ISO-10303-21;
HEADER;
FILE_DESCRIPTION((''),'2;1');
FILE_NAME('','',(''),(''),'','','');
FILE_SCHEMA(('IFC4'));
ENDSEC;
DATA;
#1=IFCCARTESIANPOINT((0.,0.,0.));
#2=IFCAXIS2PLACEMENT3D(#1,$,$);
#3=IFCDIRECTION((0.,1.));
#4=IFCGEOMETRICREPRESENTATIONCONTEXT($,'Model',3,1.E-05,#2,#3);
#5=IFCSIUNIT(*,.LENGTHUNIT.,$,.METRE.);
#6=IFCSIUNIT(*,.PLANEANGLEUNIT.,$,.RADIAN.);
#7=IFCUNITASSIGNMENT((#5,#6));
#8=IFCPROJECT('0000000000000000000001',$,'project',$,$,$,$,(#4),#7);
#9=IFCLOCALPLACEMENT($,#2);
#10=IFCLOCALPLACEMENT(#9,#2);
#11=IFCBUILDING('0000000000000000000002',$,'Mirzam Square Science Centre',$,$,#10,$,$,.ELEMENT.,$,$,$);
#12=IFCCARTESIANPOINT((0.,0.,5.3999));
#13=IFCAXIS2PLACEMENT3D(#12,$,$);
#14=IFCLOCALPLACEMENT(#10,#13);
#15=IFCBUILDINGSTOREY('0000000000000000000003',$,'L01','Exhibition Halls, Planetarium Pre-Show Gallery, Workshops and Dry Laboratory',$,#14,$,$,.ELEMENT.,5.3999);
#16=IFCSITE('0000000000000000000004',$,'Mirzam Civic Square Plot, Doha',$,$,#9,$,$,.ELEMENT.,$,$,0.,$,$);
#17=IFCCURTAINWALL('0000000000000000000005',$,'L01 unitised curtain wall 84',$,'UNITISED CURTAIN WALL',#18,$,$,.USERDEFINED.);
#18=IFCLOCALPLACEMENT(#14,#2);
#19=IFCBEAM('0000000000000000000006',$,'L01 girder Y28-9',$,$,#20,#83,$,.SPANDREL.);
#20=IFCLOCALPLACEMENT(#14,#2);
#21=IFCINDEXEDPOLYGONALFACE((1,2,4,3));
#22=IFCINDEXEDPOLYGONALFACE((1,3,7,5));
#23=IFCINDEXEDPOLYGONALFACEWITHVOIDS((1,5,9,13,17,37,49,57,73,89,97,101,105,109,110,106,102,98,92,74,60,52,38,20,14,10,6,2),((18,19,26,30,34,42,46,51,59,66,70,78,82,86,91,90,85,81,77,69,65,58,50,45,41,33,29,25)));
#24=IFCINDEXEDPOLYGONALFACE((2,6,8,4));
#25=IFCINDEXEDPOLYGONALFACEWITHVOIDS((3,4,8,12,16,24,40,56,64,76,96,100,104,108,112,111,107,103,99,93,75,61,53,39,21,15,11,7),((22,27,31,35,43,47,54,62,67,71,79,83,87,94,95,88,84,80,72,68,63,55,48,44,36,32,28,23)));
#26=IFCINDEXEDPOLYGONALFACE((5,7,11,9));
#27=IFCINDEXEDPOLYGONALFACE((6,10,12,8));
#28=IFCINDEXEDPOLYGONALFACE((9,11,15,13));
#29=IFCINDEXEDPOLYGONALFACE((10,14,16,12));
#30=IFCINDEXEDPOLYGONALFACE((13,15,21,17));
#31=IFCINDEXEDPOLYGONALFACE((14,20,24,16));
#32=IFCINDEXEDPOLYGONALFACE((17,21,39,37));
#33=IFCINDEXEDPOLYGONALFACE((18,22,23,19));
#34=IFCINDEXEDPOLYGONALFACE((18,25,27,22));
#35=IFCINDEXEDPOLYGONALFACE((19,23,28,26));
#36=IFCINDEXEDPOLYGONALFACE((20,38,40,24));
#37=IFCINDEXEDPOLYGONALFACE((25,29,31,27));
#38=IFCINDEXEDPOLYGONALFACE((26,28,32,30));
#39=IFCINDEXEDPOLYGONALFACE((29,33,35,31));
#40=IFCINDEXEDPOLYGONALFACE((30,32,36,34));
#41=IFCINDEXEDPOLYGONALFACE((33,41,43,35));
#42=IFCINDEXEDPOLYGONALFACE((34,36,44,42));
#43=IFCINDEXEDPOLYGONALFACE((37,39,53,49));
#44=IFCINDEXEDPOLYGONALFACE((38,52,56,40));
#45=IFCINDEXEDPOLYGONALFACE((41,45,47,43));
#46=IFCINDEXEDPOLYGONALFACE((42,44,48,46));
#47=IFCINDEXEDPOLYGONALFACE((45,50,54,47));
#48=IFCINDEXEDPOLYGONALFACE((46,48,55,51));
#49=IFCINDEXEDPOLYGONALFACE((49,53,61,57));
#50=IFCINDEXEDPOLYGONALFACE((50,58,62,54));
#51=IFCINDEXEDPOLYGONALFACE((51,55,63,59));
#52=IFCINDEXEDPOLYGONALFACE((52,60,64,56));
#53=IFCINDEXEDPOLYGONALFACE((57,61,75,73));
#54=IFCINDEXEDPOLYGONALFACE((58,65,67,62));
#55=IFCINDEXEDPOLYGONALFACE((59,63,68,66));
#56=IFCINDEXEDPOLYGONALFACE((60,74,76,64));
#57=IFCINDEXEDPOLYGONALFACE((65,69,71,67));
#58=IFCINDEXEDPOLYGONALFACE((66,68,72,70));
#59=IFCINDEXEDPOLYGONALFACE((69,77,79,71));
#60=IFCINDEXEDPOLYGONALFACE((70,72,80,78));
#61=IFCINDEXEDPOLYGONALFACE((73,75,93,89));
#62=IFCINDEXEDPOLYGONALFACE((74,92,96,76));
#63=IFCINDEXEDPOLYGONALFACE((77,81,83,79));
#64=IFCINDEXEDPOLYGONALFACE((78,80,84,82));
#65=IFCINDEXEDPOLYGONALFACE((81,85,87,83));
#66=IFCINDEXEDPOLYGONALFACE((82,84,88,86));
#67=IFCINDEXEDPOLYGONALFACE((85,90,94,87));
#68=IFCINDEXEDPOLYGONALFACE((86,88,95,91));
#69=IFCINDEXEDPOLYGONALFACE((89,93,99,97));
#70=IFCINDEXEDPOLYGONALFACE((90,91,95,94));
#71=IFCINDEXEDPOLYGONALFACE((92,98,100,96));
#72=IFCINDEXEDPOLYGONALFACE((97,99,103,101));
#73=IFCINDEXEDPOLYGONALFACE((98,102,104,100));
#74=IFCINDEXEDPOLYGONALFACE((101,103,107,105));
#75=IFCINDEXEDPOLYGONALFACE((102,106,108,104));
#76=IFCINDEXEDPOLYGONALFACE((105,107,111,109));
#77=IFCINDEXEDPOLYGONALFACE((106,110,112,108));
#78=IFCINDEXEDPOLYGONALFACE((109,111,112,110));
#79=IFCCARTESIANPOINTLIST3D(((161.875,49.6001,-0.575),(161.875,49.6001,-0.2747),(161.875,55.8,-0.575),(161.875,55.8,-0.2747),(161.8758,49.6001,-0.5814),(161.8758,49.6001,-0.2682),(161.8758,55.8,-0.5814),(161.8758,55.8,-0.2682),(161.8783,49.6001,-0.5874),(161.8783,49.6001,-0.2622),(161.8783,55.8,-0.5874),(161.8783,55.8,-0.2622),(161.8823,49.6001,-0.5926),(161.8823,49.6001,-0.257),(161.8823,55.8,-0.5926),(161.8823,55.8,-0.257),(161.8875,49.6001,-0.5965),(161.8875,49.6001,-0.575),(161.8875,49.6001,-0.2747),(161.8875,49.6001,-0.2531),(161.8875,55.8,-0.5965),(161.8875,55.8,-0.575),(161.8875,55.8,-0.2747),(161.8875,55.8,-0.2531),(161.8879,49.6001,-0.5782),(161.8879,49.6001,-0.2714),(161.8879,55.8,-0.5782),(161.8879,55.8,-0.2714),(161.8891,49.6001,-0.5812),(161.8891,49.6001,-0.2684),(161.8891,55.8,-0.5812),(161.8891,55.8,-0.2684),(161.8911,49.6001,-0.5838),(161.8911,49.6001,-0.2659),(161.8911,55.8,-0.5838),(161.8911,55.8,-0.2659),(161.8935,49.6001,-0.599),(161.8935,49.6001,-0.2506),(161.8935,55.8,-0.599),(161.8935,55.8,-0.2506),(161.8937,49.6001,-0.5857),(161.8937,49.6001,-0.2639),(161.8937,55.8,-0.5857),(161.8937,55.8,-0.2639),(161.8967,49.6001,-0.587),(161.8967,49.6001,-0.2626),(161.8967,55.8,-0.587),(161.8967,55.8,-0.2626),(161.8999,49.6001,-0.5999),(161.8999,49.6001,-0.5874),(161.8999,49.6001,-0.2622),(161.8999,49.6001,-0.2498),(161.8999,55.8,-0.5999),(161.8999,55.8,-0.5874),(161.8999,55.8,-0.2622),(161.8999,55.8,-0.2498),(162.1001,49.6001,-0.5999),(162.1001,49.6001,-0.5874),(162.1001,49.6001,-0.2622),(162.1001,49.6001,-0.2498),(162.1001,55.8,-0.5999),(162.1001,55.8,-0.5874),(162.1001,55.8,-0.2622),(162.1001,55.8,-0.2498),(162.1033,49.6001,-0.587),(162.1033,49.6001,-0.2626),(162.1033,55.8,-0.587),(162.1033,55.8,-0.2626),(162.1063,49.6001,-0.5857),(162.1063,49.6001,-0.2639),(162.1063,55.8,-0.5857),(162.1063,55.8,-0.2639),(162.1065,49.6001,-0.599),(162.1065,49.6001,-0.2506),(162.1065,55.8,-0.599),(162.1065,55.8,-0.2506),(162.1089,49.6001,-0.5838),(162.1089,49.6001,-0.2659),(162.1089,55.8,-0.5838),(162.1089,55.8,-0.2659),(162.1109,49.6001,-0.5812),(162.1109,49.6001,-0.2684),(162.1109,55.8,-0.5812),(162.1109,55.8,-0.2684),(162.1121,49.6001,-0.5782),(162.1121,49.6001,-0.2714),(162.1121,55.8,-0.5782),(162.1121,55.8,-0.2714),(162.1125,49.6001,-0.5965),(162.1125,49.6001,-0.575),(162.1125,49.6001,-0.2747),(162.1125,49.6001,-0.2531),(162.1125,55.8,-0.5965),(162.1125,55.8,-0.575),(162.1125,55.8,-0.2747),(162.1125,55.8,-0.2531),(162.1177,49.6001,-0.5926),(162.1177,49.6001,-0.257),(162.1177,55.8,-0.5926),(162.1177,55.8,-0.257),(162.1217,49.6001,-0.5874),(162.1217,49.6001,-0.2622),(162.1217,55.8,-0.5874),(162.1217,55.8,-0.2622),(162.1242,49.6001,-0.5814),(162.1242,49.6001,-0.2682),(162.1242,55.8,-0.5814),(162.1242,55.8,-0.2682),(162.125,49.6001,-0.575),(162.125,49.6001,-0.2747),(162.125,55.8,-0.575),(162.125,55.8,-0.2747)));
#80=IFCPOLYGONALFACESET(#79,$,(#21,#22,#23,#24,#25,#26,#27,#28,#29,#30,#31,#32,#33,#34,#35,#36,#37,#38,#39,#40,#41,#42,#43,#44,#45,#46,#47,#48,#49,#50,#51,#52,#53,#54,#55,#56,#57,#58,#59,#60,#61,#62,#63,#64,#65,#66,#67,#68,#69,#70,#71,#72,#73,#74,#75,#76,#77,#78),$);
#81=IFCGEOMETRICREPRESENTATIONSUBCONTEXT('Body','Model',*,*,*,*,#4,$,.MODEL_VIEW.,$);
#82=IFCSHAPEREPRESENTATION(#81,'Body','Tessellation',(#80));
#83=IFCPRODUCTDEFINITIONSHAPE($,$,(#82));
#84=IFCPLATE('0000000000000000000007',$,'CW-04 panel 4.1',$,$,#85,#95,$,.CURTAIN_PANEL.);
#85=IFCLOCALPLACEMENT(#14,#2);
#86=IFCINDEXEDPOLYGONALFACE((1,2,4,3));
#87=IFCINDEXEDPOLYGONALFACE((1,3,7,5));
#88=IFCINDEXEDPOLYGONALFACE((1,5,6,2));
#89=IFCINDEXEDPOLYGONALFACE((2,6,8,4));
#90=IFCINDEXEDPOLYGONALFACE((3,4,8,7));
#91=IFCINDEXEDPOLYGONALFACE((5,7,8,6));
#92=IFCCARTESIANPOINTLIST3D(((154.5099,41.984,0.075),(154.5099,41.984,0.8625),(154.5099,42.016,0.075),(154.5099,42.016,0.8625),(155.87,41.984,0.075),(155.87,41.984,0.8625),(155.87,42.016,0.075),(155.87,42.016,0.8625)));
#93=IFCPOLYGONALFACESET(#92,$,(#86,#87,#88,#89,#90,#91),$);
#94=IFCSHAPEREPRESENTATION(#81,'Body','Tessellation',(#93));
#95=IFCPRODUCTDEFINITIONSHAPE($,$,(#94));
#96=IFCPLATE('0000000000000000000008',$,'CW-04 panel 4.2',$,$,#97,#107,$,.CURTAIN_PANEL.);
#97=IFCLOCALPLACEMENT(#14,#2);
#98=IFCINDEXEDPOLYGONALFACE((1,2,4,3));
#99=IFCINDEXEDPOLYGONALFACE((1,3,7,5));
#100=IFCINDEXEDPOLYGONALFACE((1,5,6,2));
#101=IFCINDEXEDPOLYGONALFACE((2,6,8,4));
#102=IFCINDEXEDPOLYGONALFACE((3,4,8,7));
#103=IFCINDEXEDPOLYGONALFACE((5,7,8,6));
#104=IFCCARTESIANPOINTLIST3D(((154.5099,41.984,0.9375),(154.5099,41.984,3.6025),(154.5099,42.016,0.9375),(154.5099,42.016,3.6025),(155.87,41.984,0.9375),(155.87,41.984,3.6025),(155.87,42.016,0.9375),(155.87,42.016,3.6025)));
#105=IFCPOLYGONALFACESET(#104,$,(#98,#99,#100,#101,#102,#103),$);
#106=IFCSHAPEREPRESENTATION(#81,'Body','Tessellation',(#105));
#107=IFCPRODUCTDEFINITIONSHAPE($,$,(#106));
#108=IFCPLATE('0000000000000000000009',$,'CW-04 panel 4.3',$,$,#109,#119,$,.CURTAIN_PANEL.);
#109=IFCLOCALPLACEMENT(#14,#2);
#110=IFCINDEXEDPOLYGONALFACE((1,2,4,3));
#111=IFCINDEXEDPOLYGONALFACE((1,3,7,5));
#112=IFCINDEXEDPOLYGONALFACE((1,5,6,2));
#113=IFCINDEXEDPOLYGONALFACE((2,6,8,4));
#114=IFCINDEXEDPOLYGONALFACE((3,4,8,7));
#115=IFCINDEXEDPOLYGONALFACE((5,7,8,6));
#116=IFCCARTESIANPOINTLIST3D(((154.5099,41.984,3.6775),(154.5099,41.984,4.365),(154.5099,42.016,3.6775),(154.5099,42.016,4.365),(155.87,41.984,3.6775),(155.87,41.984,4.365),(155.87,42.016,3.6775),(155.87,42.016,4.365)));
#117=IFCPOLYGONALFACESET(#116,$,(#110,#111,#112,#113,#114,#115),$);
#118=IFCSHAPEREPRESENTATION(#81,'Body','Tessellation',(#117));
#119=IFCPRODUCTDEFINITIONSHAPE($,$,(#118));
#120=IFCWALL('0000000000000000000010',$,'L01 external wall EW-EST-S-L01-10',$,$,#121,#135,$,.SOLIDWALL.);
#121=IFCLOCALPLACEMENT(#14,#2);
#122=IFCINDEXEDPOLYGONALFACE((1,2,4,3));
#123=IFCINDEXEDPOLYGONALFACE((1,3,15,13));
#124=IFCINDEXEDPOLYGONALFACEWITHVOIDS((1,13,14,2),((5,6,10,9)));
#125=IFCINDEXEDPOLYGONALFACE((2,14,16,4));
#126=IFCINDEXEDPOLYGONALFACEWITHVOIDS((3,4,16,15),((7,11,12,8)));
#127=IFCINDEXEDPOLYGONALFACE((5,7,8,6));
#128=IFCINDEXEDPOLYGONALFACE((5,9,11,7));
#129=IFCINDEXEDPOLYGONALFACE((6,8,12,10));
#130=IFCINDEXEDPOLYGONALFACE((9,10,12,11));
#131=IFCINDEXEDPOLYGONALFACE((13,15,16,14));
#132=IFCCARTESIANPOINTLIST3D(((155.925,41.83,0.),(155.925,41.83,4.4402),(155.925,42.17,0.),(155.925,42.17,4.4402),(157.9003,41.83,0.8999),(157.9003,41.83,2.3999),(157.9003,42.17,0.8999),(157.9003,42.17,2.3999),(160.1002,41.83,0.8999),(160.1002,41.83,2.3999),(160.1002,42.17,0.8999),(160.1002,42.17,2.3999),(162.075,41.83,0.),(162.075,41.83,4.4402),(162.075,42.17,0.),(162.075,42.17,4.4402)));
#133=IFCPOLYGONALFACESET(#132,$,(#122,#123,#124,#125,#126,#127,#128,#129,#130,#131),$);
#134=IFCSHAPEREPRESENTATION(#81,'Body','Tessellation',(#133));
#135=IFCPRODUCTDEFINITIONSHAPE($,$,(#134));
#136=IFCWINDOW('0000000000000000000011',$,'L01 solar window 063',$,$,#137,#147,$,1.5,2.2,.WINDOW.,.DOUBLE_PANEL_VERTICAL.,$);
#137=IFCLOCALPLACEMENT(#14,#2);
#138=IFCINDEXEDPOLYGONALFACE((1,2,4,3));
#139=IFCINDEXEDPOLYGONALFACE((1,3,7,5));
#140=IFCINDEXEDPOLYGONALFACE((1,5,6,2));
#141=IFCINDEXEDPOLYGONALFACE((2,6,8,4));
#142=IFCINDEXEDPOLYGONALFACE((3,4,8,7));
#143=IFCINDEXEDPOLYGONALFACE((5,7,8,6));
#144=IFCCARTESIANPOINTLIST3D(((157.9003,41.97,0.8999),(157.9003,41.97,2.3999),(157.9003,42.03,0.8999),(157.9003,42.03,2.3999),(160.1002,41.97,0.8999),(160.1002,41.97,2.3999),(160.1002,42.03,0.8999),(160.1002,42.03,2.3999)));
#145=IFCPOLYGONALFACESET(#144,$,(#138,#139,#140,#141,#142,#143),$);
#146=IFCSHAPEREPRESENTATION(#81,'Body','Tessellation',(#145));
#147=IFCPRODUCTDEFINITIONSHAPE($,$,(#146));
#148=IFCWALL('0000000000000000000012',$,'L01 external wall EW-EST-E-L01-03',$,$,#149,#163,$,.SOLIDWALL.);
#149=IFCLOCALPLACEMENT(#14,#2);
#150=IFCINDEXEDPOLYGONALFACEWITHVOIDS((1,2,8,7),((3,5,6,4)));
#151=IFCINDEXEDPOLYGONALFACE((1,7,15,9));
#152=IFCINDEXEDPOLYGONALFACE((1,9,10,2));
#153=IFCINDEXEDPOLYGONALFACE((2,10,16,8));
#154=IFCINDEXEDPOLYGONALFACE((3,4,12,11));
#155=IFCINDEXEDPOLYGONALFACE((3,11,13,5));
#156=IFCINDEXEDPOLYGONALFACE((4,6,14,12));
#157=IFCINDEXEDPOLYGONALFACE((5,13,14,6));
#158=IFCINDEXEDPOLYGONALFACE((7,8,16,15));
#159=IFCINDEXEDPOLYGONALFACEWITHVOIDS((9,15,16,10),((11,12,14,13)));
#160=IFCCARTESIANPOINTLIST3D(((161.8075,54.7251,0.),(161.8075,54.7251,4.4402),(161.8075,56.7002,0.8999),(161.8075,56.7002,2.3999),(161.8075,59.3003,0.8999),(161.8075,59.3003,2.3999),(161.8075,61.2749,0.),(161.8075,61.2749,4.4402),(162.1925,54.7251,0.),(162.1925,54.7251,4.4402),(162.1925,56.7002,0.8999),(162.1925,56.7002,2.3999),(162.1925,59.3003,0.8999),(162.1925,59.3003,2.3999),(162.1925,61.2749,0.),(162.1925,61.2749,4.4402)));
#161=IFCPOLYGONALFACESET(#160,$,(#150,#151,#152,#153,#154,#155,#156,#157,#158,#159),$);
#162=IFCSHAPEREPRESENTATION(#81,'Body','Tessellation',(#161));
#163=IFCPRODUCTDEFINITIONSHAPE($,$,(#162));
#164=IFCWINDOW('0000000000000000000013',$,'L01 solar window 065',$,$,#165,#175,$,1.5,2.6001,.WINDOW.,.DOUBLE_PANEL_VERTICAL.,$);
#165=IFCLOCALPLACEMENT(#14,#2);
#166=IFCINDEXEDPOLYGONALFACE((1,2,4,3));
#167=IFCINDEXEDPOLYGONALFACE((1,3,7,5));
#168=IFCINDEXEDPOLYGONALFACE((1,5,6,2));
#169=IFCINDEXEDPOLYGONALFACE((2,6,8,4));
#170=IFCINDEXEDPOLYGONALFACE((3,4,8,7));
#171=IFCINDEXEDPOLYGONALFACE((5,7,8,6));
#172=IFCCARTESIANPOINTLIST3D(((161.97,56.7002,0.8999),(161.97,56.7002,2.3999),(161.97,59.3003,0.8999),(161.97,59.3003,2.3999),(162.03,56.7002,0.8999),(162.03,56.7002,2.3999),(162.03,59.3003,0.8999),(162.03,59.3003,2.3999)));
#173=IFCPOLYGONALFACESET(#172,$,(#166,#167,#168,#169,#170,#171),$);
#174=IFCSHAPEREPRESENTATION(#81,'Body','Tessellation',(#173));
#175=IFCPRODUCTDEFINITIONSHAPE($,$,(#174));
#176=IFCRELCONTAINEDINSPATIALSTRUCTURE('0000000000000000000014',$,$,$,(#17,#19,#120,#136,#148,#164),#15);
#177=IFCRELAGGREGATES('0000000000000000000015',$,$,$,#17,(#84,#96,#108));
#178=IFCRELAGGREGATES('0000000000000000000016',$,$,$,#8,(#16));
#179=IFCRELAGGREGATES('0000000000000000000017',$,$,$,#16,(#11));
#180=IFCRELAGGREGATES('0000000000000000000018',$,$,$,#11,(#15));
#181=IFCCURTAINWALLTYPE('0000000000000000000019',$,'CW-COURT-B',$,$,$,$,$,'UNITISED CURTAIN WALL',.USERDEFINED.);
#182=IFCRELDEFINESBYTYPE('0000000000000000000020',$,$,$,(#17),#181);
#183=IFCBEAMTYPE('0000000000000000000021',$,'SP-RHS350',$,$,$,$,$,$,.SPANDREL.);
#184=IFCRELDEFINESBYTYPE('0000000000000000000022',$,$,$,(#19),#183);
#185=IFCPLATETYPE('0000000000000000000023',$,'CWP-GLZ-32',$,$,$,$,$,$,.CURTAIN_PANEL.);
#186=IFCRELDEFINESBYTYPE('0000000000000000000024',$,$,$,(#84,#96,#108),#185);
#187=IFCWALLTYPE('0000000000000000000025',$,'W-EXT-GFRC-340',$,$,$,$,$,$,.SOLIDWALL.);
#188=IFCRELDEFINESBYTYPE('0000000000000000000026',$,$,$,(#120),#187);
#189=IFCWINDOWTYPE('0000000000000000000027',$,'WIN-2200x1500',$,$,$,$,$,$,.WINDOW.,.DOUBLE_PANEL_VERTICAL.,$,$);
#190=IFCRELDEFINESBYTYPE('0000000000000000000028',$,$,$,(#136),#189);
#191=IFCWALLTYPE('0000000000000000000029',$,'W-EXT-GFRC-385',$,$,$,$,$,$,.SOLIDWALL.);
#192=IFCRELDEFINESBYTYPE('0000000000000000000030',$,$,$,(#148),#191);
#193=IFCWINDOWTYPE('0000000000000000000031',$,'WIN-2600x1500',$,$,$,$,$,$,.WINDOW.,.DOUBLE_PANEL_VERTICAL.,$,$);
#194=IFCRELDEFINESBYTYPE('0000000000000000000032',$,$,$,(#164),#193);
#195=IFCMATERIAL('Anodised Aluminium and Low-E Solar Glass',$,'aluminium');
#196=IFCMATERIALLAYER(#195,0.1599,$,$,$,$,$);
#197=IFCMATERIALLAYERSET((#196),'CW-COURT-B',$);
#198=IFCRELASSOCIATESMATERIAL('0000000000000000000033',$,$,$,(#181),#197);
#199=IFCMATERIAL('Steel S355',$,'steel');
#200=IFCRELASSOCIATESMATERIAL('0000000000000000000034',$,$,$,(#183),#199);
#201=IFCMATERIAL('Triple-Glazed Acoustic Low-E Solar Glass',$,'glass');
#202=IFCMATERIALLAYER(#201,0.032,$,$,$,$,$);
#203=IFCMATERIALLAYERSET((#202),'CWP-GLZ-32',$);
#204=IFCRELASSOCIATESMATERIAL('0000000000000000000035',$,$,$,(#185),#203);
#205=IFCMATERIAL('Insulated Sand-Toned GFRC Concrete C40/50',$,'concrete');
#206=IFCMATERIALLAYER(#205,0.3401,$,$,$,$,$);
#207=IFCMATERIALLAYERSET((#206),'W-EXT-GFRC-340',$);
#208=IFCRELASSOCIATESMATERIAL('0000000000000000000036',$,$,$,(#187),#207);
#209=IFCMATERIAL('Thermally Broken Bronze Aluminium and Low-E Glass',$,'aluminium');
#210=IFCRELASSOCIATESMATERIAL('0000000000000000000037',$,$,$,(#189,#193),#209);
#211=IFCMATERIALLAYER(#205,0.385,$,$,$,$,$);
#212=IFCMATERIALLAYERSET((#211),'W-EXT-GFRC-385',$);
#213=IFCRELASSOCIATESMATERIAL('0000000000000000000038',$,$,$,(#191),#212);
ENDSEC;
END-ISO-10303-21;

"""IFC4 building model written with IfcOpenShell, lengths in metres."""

from ifc_helpers import new_model, si_unit, direction, frame, frame_2d, origin, origin_2d, place, context, subcontext, project, spatial, rectangle, hollow_rectangle, extrude, material, layer, layer_set, material_profile, profile_set, type_object, element, fill, aggregate, save


model = new_model("IFC4")

# Units and contexts
model_context = context("Model", 3, precision=1e-05, world=origin(), true_north=direction((0.0, 1.0)))
body_context = subcontext(model_context, "Body", "Model", "MODEL_VIEW")
ifc_project = project(units=[si_unit("LENGTHUNIT", "METRE"), si_unit("PLANEANGLEUNIT", "RADIAN")], contexts=[model_context])

# Site, building, storey
site_placement = place(None, origin())
site = spatial("IfcSite", under=ifc_project, at=site_placement, Name="Mirzam Civic Square Plot, Doha", CompositionType="ELEMENT", RefElevation=0.0)
building_placement = place(site_placement, origin())
building = spatial("IfcBuilding", under=site, at=building_placement, Name="Mirzam Square Science Centre", CompositionType="ELEMENT")
storey_placement = place(building_placement, frame((0.0, 0.0, 5.3999)))
storey = spatial("IfcBuildingStorey", under=building, at=storey_placement, Name="L01", Description="Exhibition Halls, Planetarium Pre-Show Gallery, Workshops and Dry Laboratory", CompositionType="ELEMENT", Elevation=5.3999)

# Shared definitions
ifc_material_1 = material(Name="Steel S355", Category="steel")

# Curtain wall
ifc_material_2 = material(Name="Anodised Aluminium and Low-E Solar Glass", Category="aluminium")
ifc_layer_1 = layer(ifc_material_2, 0.1599)
ifc_layer_set_1 = layer_set([ifc_layer_1], Name="CW-COURT-B")
curtain_wall_type = type_object("IfcCurtainWallType", Name="CW-COURT-B", ElementType="UNITISED CURTAIN WALL", PredefinedType="USERDEFINED", material=ifc_layer_set_1)
curtain_wall_placement = place(storey_placement, origin())
curtain_wall = element("IfcCurtainWall", 1, at=curtain_wall_placement, inside=storey, type_object=curtain_wall_type, Name="L01 unitised curtain wall 84", ObjectType="UNITISED CURTAIN WALL", PredefinedType="USERDEFINED")

# Beam
ifc_material_profile_1 = material_profile(ifc_material_1, hollow_rectangle(XDim=0.25, YDim=0.3501, WallThickness=0.0125, InnerFilletRadius=0.0125, OuterFilletRadius=0.0249, at=origin_2d()), Name="350x250x12.5RHS")
ifc_profile_set_1 = profile_set([ifc_material_profile_1], Name="Steel S355")
beam_type_1 = type_object("IfcBeamType", Name="SP-RHS350", PredefinedType="SPANDREL", material=ifc_profile_set_1)
beam_1_placement = place(storey_placement, frame((162.0, 49.6001, -0.4248), z_axis=(0.0, 1.0, 0.0), x_axis=(-1.0, 0.0, 0.0)))
element("IfcBeam", 2, at=beam_1_placement, inside=storey, type_object=beam_type_1, Name="L01 girder Y28-9", PredefinedType="SPANDREL", context=body_context, shape_type="SweptSolid", body=[
    extrude(hollow_rectangle(XDim=0.25, YDim=0.3501, WallThickness=0.0125, InnerFilletRadius=0.0125, OuterFilletRadius=0.0249, at=origin_2d()), origin(), (0.0, 0.0, 1.0), 6.2),
])

# Plates
ifc_material_3 = material(Name="Triple-Glazed Acoustic Low-E Solar Glass", Category="glass")
ifc_layer_2 = layer(ifc_material_3, 0.032)
ifc_layer_set_2 = layer_set([ifc_layer_2], Name="CWP-GLZ-32")
plate_type = type_object("IfcPlateType", Name="CWP-GLZ-32", PredefinedType="CURTAIN_PANEL", material=ifc_layer_set_2)
plate_1_placement = place(storey_placement, frame((155.1899, 42.0, 0.075), z_axis=(0.0, 0.0, 1.0), x_axis=(1.0, 0.0, 0.0)))
plate_1 = element("IfcPlate", 3, at=plate_1_placement, type_object=plate_type, Name="CW-04 panel 4.1", PredefinedType="CURTAIN_PANEL", context=body_context, shape_type="SweptSolid", body=[
    extrude(rectangle(XDim=1.3601, YDim=0.032, at=origin_2d()), origin(), (0.0, 0.0, 1.0), 0.7876),
])
plate_2_placement = place(storey_placement, frame((155.1899, 42.0, 0.9375), z_axis=(0.0, 0.0, 1.0), x_axis=(1.0, 0.0, 0.0)))
plate_2 = element("IfcPlate", 4, at=plate_2_placement, type_object=plate_type, Name="CW-04 panel 4.2", PredefinedType="CURTAIN_PANEL", context=body_context, shape_type="SweptSolid", body=[
    extrude(rectangle(XDim=1.3601, YDim=0.032, at=origin_2d()), origin(), (0.0, 0.0, 1.0), 2.665),
])
plate_3_placement = place(storey_placement, frame((155.1899, 42.0, 3.6775), z_axis=(0.0, 0.0, 1.0), x_axis=(1.0, 0.0, 0.0)))
plate_3 = element("IfcPlate", 5, at=plate_3_placement, type_object=plate_type, Name="CW-04 panel 4.3", PredefinedType="CURTAIN_PANEL", context=body_context, shape_type="SweptSolid", body=[
    extrude(rectangle(XDim=1.3601, YDim=0.032, at=origin_2d()), origin(), (0.0, 0.0, 1.0), 0.6875),
])
aggregate(curtain_wall, [plate_1, plate_2, plate_3])

# Walls, openings, windows
ifc_material_4 = material(Name="Insulated Sand-Toned GFRC Concrete C40/50", Category="concrete")
ifc_layer_3 = layer(ifc_material_4, 0.3401)
ifc_layer_set_3 = layer_set([ifc_layer_3], Name="W-EXT-GFRC-340")
wall_type_1 = type_object("IfcWallType", Name="W-EXT-GFRC-340", PredefinedType="SOLIDWALL", material=ifc_layer_set_3)
wall_1_placement = place(storey_placement, frame((155.925, 42.0, 0.0), z_axis=(0.0, 0.0, 1.0), x_axis=(1.0, 0.0, 0.0)))
wall_1 = element("IfcWall", 6, at=wall_1_placement, inside=storey, type_object=wall_type_1, Name="L01 external wall EW-EST-S-L01-10", PredefinedType="SOLIDWALL", context=body_context, shape_type="SweptSolid", body=[
    extrude(rectangle(XDim=6.1499, YDim=0.3401, at=frame_2d((3.075, 0.0))), origin(), (0.0, 0.0, 1.0), 4.4402),
])
opening_1_placement = place(wall_1_placement, frame((1.9751, 0.0, 0.8999)))
opening_1 = element("IfcOpeningElement", 7, at=opening_1_placement, cuts=wall_1, PredefinedType="OPENING", context=body_context, shape_type="SweptSolid", body=[
    extrude(rectangle(XDim=2.2, YDim=1.5, at=frame_2d((1.1001, 0.75))), frame((0.0, 0.1799, 0.0), z_axis=(0.0, -1.0, 0.0), x_axis=(1.0, 0.0, 0.0)), (0.0, 0.0, 1.0), 0.3601),
])
ifc_material_5 = material(Name="Thermally Broken Bronze Aluminium and Low-E Glass", Category="aluminium")
window_type_1 = type_object("IfcWindowType", Name="WIN-2200x1500", PartitioningType="DOUBLE_PANEL_VERTICAL", PredefinedType="WINDOW", material=ifc_material_5)
window_1_placement = place(opening_1_placement, origin())
window_1 = element("IfcWindow", 8, at=window_1_placement, inside=storey, type_object=window_type_1, Name="L01 solar window 063", OverallHeight=1.5, OverallWidth=2.2, PartitioningType="DOUBLE_PANEL_VERTICAL", PredefinedType="WINDOW", context=body_context, shape_type="SweptSolid", body=[
    extrude(rectangle(XDim=2.2, YDim=1.5, at=frame_2d((1.1001, 0.75))), frame((0.0, 0.03, 0.0), z_axis=(0.0, -1.0, 0.0), x_axis=(1.0, 0.0, 0.0)), (0.0, 0.0, 1.0), 0.0601),
])
fill(opening_1, window_1)
ifc_layer_4 = layer(ifc_material_4, 0.385)
ifc_layer_set_4 = layer_set([ifc_layer_4], Name="W-EXT-GFRC-385")
wall_type_2 = type_object("IfcWallType", Name="W-EXT-GFRC-385", PredefinedType="SOLIDWALL", material=ifc_layer_set_4)
wall_2_placement = place(storey_placement, frame((162.0, 54.7251, 0.0), z_axis=(0.0, 0.0, 1.0), x_axis=(0.0, 1.0, 0.0)))
wall_2 = element("IfcWall", 9, at=wall_2_placement, inside=storey, type_object=wall_type_2, Name="L01 external wall EW-EST-E-L01-03", PredefinedType="SOLIDWALL", context=body_context, shape_type="SweptSolid", body=[
    extrude(rectangle(XDim=6.5498, YDim=0.385, at=frame_2d((3.2749, 0.0))), origin(), (0.0, 0.0, 1.0), 4.4402),
])
opening_2_placement = place(wall_2_placement, frame((1.9751, 0.0, 0.8999)))
opening_2 = element("IfcOpeningElement", 10, at=opening_2_placement, cuts=wall_2, PredefinedType="OPENING", context=body_context, shape_type="SweptSolid", body=[
    extrude(rectangle(XDim=2.6001, YDim=1.5, at=frame_2d((1.3, 0.75))), frame((0.0, 0.2024, 0.0), z_axis=(0.0, -1.0, 0.0), x_axis=(1.0, 0.0, 0.0)), (0.0, 0.0, 1.0), 0.405),
])
window_type_2 = type_object("IfcWindowType", Name="WIN-2600x1500", PartitioningType="DOUBLE_PANEL_VERTICAL", PredefinedType="WINDOW", material=ifc_material_5)
window_2_placement = place(opening_2_placement, origin())
window_2 = element("IfcWindow", 11, at=window_2_placement, inside=storey, type_object=window_type_2, Name="L01 solar window 065", OverallHeight=1.5, OverallWidth=2.6001, PartitioningType="DOUBLE_PANEL_VERTICAL", PredefinedType="WINDOW", context=body_context, shape_type="SweptSolid", body=[
    extrude(rectangle(XDim=2.6001, YDim=1.5, at=frame_2d((1.3, 0.75))), frame((0.0, 0.03, 0.0), z_axis=(0.0, -1.0, 0.0), x_axis=(1.0, 0.0, 0.0)), (0.0, 0.0, 1.0), 0.0601),
])
fill(opening_2, window_2)

save(model, "model.ifc")
